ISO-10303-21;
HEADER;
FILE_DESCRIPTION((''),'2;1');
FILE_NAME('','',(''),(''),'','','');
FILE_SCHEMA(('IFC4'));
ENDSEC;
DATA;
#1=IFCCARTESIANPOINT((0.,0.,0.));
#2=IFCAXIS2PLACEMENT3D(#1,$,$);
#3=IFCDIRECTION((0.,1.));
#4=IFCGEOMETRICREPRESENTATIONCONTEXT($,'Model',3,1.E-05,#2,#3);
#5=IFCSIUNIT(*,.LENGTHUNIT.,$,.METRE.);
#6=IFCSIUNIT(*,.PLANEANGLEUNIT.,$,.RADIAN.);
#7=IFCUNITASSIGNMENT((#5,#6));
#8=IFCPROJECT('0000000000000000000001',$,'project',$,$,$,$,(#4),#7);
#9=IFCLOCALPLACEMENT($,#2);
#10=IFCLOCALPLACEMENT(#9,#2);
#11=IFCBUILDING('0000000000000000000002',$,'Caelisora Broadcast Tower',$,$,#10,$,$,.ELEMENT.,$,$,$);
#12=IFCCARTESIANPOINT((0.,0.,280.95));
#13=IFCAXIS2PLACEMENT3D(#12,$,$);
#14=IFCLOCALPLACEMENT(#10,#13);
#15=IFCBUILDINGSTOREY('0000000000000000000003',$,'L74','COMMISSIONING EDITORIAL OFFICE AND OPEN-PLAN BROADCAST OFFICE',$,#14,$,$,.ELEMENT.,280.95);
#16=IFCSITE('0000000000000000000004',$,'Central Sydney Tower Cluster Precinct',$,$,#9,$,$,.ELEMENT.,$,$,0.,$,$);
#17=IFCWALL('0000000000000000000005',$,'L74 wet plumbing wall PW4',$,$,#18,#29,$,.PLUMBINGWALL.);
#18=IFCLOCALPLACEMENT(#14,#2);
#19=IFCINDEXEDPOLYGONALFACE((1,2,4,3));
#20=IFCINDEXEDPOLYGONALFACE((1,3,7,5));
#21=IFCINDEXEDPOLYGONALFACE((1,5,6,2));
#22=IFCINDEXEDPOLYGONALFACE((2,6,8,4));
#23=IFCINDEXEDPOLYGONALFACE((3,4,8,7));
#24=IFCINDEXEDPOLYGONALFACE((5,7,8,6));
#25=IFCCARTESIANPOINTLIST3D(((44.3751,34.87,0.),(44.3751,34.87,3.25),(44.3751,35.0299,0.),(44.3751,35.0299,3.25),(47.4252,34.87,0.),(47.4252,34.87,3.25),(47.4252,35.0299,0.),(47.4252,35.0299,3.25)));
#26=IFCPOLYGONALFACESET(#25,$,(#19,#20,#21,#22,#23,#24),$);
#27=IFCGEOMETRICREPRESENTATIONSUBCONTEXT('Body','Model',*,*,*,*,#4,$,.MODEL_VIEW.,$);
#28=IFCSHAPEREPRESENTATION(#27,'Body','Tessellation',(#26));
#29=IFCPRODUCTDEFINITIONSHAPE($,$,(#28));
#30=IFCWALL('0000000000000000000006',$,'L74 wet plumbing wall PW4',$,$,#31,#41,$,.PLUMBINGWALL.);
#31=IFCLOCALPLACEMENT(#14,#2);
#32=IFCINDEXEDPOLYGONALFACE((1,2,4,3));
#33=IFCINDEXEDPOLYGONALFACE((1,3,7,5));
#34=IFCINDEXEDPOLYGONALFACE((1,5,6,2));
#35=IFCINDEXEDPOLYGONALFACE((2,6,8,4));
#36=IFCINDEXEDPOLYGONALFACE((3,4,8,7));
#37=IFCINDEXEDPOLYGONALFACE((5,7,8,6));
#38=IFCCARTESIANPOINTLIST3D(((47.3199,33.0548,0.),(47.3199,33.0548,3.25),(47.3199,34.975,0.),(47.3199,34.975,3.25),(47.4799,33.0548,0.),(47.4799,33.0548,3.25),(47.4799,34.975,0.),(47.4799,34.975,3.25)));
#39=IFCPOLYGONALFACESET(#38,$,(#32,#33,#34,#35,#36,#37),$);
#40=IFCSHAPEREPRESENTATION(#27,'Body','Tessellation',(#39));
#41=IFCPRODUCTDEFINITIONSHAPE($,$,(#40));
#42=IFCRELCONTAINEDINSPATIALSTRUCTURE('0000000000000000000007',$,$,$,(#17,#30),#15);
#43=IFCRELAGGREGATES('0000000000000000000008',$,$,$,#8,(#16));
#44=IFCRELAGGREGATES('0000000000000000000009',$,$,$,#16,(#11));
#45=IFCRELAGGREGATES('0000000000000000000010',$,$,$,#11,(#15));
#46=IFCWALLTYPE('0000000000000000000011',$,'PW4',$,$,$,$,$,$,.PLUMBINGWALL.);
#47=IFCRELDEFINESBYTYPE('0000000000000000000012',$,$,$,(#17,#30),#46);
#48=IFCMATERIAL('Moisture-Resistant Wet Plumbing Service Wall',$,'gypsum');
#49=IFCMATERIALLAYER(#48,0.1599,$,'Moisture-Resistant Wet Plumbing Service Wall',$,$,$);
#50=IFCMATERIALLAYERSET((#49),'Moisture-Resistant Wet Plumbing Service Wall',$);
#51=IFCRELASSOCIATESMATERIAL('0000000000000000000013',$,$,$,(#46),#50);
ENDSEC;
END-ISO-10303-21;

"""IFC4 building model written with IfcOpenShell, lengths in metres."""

from ifc_helpers import new_model, si_unit, direction, frame, frame_2d, origin, place, context, subcontext, project, spatial, rectangle, extrude, material, layer, layer_set, type_object, element, save


model = new_model("IFC4")

# Units and contexts
model_context = context("Model", 3, precision=1e-05, world=origin(), true_north=direction((0.0, 1.0)))
body_context = subcontext(model_context, "Body", "Model", "MODEL_VIEW")
ifc_project = project(units=[si_unit("LENGTHUNIT", "METRE"), si_unit("PLANEANGLEUNIT", "RADIAN")], contexts=[model_context])

# Site, building, storey
site_placement = place(None, origin())
site = spatial("IfcSite", under=ifc_project, at=site_placement, Name="Central Sydney Tower Cluster Precinct", CompositionType="ELEMENT", RefElevation=0.0)
building_placement = place(site_placement, origin())
building = spatial("IfcBuilding", under=site, at=building_placement, Name="Caelisora Broadcast Tower", CompositionType="ELEMENT")
storey_placement = place(building_placement, frame((0.0, 0.0, 280.95)))
storey = spatial("IfcBuildingStorey", under=building, at=storey_placement, Name="L74", Description="COMMISSIONING EDITORIAL OFFICE AND OPEN-PLAN BROADCAST OFFICE", CompositionType="ELEMENT", Elevation=280.95)

# Shared definitions
ifc_material_1 = material(Name="Moisture-Resistant Wet Plumbing Service Wall", Category="gypsum")
ifc_layer_1 = layer(ifc_material_1, 0.1599, Name="Moisture-Resistant Wet Plumbing Service Wall")
ifc_layer_set_1 = layer_set([ifc_layer_1], Name="Moisture-Resistant Wet Plumbing Service Wall")
wall_type_1 = type_object("IfcWallType", Name="PW4", PredefinedType="PLUMBINGWALL", material=ifc_layer_set_1)

# Walls
for number, where, z_axis, x_axis, name in (
    (1, (47.425, 34.95, 0.0), (0.0, 0.0, 1.0), (-1.0, 0.0, 0.0), "L74 wet plumbing wall PW4"),
):
    element("IfcWall", number, at=place(storey_placement, frame(where, z_axis=z_axis, x_axis=x_axis)), inside=storey, type_object=wall_type_1, Name=name, PredefinedType="PLUMBINGWALL", context=body_context, shape_type="SweptSolid", body=[
        extrude(rectangle(XDim=3.05, YDim=0.1599, at=frame_2d((1.5249, 0.0))), origin(), (0.0, 0.0, 1.0), 3.25),
    ])
wall_1_placement = place(storey_placement, frame((47.3999, 33.0549, 0.0), z_axis=(0.0, 0.0, 1.0), x_axis=(0.0, 1.0, 0.0)))
element("IfcWall", 2, at=wall_1_placement, inside=storey, type_object=wall_type_1, Name="L74 wet plumbing wall PW4", PredefinedType="PLUMBINGWALL", context=body_context, shape_type="SweptSolid", body=[
    extrude(rectangle(XDim=1.9202, YDim=0.1599, at=frame_2d((0.96, 0.0))), origin(), (0.0, 0.0, 1.0), 3.25),
])

save(model, "model.ifc")
